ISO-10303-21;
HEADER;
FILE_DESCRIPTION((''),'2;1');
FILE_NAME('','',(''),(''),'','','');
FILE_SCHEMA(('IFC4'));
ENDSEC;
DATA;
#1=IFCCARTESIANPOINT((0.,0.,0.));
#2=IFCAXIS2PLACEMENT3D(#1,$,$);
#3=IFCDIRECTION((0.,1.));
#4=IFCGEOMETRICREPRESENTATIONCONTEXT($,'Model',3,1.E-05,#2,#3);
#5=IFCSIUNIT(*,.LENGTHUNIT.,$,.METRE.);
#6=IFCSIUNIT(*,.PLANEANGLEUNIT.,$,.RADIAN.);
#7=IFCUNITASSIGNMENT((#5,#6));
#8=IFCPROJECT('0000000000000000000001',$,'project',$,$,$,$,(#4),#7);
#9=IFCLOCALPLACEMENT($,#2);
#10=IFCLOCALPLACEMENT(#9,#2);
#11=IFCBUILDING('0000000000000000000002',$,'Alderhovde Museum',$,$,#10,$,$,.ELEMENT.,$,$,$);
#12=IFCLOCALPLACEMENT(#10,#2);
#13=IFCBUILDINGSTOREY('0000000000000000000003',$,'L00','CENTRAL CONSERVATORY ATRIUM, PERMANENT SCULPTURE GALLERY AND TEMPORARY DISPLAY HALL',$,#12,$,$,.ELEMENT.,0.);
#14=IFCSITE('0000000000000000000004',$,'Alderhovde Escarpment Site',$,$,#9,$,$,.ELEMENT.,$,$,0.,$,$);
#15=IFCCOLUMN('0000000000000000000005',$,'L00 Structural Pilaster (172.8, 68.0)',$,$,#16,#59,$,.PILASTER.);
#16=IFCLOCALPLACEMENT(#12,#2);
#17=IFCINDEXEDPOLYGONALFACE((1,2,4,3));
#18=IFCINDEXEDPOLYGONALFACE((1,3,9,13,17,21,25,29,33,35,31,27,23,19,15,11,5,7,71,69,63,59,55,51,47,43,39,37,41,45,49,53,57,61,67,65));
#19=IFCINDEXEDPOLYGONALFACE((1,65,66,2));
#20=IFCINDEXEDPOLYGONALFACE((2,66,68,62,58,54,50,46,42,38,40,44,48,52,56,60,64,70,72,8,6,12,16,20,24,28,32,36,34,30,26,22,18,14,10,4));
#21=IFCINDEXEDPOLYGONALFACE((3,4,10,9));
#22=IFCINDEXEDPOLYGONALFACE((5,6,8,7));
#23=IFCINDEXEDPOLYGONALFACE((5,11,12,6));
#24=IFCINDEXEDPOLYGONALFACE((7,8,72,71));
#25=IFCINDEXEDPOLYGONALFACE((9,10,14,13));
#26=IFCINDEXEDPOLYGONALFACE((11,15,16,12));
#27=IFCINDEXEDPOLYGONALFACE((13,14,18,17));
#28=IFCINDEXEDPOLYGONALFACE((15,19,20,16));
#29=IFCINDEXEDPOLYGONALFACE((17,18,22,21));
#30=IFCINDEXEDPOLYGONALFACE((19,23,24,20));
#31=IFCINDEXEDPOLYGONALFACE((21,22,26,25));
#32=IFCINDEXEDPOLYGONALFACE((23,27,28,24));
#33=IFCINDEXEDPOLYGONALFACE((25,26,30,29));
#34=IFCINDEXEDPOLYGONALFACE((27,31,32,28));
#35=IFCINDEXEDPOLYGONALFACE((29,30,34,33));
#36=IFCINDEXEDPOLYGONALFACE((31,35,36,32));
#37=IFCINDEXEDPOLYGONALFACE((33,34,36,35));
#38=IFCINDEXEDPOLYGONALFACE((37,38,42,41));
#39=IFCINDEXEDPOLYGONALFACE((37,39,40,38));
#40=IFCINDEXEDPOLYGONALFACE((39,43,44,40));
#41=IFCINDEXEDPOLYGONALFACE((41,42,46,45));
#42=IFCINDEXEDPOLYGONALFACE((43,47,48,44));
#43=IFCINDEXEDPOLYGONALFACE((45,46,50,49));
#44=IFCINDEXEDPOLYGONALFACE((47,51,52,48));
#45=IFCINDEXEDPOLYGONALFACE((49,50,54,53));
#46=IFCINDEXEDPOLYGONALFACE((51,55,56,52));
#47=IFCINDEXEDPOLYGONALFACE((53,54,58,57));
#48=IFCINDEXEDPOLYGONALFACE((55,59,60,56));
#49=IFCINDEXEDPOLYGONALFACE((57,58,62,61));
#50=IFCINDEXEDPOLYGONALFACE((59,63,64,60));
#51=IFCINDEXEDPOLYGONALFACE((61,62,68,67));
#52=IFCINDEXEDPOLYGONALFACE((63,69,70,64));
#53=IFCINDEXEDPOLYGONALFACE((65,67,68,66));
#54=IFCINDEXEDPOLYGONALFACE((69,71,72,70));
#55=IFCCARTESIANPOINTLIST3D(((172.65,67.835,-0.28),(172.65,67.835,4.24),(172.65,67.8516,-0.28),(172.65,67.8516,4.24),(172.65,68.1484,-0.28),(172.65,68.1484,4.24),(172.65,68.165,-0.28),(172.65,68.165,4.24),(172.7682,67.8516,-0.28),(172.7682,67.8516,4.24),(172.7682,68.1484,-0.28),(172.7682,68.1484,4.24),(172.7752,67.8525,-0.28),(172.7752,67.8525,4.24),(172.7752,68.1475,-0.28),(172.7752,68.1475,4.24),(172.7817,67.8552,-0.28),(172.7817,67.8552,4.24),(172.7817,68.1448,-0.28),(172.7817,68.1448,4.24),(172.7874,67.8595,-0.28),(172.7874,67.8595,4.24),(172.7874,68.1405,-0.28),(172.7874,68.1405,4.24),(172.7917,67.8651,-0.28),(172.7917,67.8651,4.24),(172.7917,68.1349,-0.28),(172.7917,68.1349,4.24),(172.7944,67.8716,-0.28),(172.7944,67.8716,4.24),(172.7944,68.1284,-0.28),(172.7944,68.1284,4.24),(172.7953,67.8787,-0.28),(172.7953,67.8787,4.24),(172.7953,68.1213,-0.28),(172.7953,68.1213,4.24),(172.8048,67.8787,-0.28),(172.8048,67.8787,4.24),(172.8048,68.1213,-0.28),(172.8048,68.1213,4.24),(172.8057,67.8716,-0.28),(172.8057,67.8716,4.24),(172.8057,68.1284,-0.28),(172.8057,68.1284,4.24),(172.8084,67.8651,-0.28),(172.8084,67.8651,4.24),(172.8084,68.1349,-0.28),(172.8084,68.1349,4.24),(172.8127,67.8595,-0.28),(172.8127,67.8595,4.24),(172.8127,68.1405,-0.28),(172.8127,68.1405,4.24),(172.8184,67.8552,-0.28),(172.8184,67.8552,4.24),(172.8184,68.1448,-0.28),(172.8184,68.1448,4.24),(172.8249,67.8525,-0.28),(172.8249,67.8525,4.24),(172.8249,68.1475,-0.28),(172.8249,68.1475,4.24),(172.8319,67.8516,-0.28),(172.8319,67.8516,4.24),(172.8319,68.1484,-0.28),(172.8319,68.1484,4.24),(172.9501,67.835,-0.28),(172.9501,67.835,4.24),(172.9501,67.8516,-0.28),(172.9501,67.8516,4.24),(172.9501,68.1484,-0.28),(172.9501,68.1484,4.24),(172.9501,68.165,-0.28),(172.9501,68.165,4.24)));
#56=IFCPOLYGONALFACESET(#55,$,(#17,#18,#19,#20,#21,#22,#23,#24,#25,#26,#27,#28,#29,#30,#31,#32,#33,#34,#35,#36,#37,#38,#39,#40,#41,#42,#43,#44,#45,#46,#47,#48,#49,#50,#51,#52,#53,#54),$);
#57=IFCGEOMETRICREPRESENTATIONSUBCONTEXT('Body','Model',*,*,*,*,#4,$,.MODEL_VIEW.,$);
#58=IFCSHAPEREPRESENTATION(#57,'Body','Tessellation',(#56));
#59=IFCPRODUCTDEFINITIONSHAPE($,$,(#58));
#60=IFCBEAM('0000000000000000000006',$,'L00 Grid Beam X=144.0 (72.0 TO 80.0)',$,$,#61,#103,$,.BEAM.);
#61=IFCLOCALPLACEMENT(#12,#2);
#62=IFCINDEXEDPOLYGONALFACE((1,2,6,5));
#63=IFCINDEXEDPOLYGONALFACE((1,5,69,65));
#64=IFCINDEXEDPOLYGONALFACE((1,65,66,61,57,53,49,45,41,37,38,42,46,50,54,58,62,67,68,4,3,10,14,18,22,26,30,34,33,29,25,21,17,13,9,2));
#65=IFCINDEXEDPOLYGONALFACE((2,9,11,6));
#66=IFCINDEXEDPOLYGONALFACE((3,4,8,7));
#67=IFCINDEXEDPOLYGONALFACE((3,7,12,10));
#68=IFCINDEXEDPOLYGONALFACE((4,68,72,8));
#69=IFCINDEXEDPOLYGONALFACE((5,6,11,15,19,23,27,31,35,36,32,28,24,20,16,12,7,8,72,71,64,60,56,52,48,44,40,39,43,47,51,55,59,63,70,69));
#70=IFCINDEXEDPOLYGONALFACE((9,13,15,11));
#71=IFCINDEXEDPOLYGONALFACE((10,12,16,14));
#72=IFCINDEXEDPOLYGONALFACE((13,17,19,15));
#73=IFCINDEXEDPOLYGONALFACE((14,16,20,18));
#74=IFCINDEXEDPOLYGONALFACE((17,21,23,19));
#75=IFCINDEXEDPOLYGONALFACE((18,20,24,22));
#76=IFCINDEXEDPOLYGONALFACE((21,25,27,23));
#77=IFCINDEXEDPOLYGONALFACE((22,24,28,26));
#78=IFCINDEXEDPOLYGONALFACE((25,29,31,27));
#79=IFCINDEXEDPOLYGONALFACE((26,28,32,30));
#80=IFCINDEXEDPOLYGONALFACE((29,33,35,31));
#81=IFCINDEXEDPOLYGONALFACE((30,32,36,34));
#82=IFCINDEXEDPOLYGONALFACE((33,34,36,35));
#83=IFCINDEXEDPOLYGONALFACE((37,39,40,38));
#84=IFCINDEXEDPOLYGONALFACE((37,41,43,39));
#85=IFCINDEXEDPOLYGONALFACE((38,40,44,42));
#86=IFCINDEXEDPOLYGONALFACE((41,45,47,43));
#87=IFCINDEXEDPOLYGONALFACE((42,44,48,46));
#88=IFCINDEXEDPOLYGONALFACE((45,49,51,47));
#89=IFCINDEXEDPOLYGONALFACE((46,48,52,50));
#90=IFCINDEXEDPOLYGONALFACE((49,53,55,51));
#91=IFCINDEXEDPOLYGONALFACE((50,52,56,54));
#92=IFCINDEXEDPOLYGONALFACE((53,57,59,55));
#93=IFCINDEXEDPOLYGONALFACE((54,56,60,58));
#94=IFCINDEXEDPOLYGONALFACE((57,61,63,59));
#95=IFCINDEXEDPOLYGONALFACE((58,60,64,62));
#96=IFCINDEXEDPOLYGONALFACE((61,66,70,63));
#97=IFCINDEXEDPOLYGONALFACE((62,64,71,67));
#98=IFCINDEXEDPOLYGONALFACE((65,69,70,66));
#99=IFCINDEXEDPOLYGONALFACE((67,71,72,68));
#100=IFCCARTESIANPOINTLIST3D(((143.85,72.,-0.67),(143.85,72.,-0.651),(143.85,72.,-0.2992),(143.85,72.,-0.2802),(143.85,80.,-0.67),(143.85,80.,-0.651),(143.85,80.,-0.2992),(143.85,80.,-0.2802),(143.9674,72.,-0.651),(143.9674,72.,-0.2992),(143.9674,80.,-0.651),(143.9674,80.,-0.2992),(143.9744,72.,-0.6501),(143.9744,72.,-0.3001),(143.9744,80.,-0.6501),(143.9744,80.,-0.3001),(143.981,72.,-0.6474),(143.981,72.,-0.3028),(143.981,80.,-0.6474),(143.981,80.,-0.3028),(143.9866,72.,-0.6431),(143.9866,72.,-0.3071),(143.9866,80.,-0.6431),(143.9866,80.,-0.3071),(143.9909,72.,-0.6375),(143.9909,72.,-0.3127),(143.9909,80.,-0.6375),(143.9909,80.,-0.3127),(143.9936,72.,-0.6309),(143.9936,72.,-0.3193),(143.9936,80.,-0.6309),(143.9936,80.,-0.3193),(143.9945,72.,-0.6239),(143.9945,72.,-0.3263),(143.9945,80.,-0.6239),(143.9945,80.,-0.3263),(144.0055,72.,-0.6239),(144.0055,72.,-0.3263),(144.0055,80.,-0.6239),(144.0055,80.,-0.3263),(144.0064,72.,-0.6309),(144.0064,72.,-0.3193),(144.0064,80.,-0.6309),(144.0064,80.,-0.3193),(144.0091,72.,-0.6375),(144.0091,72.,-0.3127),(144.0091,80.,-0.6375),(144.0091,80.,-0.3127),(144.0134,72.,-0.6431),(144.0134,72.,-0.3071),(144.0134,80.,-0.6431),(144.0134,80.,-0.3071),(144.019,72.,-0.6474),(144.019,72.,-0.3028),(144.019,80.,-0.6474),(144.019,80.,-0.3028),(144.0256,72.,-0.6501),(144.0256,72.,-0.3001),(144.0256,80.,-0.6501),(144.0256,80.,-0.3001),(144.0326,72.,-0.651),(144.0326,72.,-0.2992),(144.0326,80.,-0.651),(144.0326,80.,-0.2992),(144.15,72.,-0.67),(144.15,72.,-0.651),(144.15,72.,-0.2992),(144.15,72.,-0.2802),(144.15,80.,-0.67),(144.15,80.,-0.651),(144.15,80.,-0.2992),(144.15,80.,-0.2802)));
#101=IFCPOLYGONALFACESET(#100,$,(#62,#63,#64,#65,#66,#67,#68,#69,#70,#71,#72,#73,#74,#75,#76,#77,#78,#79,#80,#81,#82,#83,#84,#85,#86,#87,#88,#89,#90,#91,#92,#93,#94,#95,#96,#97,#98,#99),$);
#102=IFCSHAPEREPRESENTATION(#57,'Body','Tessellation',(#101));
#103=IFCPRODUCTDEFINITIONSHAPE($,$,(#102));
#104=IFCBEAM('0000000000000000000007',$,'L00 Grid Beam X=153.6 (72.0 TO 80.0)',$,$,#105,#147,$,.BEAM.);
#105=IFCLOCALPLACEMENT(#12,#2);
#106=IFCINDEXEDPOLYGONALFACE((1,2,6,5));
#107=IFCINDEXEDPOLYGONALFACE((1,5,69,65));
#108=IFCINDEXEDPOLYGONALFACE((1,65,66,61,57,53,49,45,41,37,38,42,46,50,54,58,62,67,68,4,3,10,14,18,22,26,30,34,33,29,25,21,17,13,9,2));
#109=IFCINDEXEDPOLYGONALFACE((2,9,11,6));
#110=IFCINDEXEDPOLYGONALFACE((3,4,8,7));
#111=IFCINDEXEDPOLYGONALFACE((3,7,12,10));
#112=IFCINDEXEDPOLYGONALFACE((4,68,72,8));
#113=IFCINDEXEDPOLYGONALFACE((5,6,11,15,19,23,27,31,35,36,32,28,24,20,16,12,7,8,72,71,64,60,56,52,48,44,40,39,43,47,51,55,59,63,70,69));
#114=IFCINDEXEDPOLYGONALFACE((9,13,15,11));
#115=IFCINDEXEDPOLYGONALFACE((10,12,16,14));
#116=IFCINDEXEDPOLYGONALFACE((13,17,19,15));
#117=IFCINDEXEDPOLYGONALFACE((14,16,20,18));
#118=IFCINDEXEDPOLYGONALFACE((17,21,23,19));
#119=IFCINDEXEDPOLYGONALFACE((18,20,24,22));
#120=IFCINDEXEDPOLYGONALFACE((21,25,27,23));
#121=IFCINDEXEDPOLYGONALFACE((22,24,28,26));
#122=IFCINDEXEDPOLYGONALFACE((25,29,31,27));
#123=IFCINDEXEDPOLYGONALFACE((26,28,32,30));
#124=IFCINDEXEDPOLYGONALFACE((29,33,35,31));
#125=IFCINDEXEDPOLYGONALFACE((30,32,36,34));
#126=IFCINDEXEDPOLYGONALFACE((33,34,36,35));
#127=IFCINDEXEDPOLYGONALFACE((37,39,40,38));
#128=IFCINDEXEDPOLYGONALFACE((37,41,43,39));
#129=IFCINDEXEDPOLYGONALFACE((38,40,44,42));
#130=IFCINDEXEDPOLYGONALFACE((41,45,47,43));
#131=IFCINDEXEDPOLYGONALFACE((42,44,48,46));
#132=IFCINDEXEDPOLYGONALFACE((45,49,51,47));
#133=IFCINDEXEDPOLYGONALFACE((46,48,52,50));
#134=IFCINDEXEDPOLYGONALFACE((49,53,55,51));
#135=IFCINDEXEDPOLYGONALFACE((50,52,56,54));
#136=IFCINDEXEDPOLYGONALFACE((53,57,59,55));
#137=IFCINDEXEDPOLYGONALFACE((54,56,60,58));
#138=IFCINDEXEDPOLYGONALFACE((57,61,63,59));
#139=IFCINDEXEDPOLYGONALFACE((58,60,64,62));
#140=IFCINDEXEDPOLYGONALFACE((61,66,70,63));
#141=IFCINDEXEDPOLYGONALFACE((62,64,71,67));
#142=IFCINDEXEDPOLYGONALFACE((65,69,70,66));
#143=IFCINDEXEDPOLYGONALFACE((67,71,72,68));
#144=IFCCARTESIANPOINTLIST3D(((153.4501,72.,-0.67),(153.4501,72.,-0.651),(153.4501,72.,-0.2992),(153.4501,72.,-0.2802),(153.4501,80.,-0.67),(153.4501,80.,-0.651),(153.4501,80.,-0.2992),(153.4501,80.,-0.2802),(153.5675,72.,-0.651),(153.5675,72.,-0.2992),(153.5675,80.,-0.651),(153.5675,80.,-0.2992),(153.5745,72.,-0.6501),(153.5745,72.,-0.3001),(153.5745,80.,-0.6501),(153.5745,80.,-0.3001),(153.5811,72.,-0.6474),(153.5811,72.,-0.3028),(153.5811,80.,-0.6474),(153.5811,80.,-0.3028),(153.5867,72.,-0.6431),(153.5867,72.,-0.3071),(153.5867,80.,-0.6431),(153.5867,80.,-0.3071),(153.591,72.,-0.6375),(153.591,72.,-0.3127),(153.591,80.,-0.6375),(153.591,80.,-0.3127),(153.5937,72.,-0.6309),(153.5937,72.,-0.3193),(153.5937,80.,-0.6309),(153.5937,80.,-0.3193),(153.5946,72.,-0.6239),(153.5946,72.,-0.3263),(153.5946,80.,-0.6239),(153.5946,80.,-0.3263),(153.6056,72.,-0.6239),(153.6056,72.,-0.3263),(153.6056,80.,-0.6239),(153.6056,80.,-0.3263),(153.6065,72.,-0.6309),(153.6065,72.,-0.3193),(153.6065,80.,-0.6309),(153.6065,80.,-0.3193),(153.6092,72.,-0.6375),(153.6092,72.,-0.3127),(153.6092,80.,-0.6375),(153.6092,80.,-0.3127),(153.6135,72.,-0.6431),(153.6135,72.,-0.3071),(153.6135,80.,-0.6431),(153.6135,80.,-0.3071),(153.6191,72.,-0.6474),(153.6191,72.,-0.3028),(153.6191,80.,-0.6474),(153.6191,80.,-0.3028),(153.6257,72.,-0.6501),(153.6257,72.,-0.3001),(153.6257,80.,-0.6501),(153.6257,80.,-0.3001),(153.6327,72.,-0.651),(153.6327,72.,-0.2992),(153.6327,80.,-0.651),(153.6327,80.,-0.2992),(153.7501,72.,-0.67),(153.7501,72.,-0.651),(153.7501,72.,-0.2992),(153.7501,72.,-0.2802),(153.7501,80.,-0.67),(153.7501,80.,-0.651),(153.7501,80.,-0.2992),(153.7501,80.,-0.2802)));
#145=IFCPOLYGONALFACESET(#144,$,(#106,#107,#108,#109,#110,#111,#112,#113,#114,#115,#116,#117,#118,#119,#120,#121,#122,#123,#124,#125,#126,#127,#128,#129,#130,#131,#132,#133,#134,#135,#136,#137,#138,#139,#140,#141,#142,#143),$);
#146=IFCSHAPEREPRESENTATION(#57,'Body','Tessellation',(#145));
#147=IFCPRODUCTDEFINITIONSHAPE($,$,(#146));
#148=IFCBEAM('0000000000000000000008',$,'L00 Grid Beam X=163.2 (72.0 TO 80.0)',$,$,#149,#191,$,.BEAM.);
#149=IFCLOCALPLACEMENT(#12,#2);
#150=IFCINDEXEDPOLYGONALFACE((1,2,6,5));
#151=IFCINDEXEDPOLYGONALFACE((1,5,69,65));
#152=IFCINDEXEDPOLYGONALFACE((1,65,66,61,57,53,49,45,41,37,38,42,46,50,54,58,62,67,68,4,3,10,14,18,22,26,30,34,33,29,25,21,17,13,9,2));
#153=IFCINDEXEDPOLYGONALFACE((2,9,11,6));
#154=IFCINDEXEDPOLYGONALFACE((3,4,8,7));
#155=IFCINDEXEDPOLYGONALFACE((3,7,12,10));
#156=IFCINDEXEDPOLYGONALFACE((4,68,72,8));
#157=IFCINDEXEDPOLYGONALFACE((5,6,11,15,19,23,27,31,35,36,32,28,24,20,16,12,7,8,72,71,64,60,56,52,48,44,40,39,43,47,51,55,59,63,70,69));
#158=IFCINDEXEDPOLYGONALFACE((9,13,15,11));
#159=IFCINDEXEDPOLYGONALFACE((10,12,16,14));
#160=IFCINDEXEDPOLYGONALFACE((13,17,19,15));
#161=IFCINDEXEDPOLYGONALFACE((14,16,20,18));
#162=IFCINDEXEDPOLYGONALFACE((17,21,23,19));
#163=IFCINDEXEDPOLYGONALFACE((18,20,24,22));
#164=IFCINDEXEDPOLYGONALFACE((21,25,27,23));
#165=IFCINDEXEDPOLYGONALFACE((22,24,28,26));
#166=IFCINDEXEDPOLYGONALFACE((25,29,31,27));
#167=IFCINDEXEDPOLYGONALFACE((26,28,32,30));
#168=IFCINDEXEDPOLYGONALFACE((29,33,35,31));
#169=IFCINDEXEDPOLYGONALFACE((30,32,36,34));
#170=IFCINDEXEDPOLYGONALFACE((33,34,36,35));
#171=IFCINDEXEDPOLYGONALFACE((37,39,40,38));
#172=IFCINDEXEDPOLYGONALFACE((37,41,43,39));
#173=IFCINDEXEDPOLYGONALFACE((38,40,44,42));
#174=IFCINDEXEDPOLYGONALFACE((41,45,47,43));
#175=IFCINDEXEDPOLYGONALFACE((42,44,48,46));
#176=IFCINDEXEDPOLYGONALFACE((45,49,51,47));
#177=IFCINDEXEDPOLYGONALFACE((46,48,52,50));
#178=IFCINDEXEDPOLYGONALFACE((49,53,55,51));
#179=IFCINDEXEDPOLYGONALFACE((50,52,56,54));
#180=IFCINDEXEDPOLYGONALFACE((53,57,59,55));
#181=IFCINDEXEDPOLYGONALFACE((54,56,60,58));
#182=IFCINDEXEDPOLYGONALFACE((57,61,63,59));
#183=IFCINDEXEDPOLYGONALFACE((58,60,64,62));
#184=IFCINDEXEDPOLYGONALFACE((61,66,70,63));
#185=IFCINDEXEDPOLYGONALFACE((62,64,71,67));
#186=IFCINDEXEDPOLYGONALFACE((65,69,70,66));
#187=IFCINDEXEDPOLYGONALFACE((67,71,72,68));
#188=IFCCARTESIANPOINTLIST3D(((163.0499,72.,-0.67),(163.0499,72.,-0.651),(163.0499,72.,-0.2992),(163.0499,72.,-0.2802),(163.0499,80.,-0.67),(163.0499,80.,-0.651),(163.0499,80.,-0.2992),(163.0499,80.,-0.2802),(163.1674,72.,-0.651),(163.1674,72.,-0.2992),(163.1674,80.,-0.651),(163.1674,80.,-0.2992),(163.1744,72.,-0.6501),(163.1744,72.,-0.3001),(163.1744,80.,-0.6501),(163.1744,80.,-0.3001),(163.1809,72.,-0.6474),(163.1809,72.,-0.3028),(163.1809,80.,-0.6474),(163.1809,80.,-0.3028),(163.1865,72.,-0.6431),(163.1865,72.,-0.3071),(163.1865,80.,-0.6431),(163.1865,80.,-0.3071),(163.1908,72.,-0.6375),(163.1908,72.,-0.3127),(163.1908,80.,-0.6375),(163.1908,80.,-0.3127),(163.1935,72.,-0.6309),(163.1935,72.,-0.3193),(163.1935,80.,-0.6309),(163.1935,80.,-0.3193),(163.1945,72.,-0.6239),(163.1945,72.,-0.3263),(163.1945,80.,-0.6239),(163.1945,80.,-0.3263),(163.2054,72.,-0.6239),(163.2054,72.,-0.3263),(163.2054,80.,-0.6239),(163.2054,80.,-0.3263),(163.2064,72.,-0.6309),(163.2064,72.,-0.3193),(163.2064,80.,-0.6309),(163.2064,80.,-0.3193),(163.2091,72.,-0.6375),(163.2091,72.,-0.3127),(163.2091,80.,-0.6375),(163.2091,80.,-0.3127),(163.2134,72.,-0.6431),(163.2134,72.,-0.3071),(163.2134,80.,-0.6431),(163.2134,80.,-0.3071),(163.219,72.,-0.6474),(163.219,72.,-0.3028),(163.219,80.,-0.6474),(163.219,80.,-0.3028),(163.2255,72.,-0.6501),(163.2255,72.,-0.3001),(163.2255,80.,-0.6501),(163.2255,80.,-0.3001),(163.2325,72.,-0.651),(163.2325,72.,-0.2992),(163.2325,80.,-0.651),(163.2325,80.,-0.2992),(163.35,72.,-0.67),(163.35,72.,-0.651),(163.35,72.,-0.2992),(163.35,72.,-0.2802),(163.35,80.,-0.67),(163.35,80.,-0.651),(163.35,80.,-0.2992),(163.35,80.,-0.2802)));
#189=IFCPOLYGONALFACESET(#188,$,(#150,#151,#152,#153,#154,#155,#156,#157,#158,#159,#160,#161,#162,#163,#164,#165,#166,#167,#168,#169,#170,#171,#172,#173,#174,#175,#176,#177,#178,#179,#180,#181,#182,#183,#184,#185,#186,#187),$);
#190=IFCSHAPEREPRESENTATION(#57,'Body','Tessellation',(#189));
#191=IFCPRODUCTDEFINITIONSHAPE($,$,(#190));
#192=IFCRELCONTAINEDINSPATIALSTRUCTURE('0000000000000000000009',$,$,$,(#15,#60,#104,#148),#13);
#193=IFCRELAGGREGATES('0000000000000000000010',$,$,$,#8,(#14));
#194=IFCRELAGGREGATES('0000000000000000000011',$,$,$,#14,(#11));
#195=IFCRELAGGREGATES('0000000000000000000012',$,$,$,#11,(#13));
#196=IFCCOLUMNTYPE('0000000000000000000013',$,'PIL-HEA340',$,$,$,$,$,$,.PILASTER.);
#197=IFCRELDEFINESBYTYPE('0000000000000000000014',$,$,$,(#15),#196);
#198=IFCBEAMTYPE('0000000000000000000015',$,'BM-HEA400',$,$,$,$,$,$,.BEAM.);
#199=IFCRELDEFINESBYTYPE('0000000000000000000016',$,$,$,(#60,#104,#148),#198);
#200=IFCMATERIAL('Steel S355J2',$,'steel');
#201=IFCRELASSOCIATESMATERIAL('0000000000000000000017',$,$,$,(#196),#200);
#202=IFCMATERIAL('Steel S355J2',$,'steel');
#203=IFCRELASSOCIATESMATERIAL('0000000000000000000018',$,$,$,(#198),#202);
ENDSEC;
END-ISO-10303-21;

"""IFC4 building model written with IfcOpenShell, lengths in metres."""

from ifc_helpers import new_model, si_unit, direction, frame, origin, origin_2d, place, context, subcontext, project, spatial, i_section, extrude, material, material_profile, profile_set, type_object, element, save


model = new_model("IFC4")

# Units and contexts
model_context = context("Model", 3, precision=1e-05, world=origin(), true_north=direction((0.0, 1.0)))
body_context = subcontext(model_context, "Body", "Model", "MODEL_VIEW")
ifc_project = project(units=[si_unit("LENGTHUNIT", "METRE"), si_unit("PLANEANGLEUNIT", "RADIAN")], contexts=[model_context])

# Site, building, storey
site_placement = place(None, origin())
site = spatial("IfcSite", under=ifc_project, at=site_placement, Name="Alderhovde Escarpment Site", CompositionType="ELEMENT", RefElevation=0.0)
building_placement = place(site_placement, origin())
building = spatial("IfcBuilding", under=site, at=building_placement, Name="Alderhovde Museum", CompositionType="ELEMENT")
storey_placement = place(building_placement, origin())
storey = spatial("IfcBuildingStorey", under=building, at=storey_placement, Name="L00", Description="CENTRAL CONSERVATORY ATRIUM, PERMANENT SCULPTURE GALLERY AND TEMPORARY DISPLAY HALL", CompositionType="ELEMENT", Elevation=0.0)

# Column
ifc_material_1 = material(Name="Steel S355J2", Category="steel")
ifc_material_profile_1 = material_profile(ifc_material_1, i_section(OverallWidth=0.3, OverallDepth=0.3301, WebThickness=0.0095, FlangeThickness=0.0166, FilletRadius=0.0271, at=origin_2d()), Name="HEA 340")
ifc_profile_set_1 = profile_set([ifc_material_profile_1], Name="Steel S355J2")
column_type_1 = type_object("IfcColumnType", Name="PIL-HEA340", PredefinedType="PILASTER", material=ifc_profile_set_1)
column_placement = place(storey_placement, frame((172.8, 68.0, -0.28), z_axis=(0.0, 0.0, 1.0), x_axis=(1.0, 0.0, 0.0)))
element("IfcColumn", 1, at=column_placement, inside=storey, type_object=column_type_1, Name="L00 Structural Pilaster (172.8, 68.0)", PredefinedType="PILASTER", context=body_context, shape_type="SweptSolid", body=[
    extrude(i_section(OverallWidth=0.3, OverallDepth=0.3301, WebThickness=0.0095, FlangeThickness=0.0166, FilletRadius=0.0271, at=origin_2d()), origin(), (0.0, 0.0, 1.0), 4.52),
])

# Beams
ifc_material_2 = material(Name="Steel S355J2", Category="steel")
ifc_material_profile_2 = material_profile(ifc_material_2, i_section(OverallWidth=0.3, OverallDepth=0.3899, WebThickness=0.011, FlangeThickness=0.019, FilletRadius=0.0271, at=origin_2d()), Name="HEA 400")
ifc_profile_set_2 = profile_set([ifc_material_profile_2], Name="Steel S355J2")
beam_type_1 = type_object("IfcBeamType", Name="BM-HEA400", PredefinedType="BEAM", material=ifc_profile_set_2)
for number, where, z_axis, x_axis, name in (
    (2, (144.0, 72.0, -0.4751), (0.0, 1.0, 0.0), (-1.0, 0.0, 0.0), "L00 Grid Beam X=144.0 (72.0 TO 80.0)"),
    (3, (153.6001, 72.0, -0.4751), (0.0, 1.0, 0.0), (-1.0, 0.0, 0.0), "L00 Grid Beam X=153.6 (72.0 TO 80.0)"),
    (4, (163.2, 72.0, -0.4751), (0.0, 1.0, 0.0), (-1.0, 0.0, 0.0), "L00 Grid Beam X=163.2 (72.0 TO 80.0)"),
):
    element("IfcBeam", number, at=place(storey_placement, frame(where, z_axis=z_axis, x_axis=x_axis)), inside=storey, type_object=beam_type_1, Name=name, PredefinedType="BEAM", context=body_context, shape_type="SweptSolid", body=[
        extrude(i_section(OverallWidth=0.3, OverallDepth=0.3899, WebThickness=0.011, FlangeThickness=0.019, FilletRadius=0.0271, at=origin_2d()), origin(), (0.0, 0.0, 1.0), 8.0),
    ])

save(model, "model.ifc")
